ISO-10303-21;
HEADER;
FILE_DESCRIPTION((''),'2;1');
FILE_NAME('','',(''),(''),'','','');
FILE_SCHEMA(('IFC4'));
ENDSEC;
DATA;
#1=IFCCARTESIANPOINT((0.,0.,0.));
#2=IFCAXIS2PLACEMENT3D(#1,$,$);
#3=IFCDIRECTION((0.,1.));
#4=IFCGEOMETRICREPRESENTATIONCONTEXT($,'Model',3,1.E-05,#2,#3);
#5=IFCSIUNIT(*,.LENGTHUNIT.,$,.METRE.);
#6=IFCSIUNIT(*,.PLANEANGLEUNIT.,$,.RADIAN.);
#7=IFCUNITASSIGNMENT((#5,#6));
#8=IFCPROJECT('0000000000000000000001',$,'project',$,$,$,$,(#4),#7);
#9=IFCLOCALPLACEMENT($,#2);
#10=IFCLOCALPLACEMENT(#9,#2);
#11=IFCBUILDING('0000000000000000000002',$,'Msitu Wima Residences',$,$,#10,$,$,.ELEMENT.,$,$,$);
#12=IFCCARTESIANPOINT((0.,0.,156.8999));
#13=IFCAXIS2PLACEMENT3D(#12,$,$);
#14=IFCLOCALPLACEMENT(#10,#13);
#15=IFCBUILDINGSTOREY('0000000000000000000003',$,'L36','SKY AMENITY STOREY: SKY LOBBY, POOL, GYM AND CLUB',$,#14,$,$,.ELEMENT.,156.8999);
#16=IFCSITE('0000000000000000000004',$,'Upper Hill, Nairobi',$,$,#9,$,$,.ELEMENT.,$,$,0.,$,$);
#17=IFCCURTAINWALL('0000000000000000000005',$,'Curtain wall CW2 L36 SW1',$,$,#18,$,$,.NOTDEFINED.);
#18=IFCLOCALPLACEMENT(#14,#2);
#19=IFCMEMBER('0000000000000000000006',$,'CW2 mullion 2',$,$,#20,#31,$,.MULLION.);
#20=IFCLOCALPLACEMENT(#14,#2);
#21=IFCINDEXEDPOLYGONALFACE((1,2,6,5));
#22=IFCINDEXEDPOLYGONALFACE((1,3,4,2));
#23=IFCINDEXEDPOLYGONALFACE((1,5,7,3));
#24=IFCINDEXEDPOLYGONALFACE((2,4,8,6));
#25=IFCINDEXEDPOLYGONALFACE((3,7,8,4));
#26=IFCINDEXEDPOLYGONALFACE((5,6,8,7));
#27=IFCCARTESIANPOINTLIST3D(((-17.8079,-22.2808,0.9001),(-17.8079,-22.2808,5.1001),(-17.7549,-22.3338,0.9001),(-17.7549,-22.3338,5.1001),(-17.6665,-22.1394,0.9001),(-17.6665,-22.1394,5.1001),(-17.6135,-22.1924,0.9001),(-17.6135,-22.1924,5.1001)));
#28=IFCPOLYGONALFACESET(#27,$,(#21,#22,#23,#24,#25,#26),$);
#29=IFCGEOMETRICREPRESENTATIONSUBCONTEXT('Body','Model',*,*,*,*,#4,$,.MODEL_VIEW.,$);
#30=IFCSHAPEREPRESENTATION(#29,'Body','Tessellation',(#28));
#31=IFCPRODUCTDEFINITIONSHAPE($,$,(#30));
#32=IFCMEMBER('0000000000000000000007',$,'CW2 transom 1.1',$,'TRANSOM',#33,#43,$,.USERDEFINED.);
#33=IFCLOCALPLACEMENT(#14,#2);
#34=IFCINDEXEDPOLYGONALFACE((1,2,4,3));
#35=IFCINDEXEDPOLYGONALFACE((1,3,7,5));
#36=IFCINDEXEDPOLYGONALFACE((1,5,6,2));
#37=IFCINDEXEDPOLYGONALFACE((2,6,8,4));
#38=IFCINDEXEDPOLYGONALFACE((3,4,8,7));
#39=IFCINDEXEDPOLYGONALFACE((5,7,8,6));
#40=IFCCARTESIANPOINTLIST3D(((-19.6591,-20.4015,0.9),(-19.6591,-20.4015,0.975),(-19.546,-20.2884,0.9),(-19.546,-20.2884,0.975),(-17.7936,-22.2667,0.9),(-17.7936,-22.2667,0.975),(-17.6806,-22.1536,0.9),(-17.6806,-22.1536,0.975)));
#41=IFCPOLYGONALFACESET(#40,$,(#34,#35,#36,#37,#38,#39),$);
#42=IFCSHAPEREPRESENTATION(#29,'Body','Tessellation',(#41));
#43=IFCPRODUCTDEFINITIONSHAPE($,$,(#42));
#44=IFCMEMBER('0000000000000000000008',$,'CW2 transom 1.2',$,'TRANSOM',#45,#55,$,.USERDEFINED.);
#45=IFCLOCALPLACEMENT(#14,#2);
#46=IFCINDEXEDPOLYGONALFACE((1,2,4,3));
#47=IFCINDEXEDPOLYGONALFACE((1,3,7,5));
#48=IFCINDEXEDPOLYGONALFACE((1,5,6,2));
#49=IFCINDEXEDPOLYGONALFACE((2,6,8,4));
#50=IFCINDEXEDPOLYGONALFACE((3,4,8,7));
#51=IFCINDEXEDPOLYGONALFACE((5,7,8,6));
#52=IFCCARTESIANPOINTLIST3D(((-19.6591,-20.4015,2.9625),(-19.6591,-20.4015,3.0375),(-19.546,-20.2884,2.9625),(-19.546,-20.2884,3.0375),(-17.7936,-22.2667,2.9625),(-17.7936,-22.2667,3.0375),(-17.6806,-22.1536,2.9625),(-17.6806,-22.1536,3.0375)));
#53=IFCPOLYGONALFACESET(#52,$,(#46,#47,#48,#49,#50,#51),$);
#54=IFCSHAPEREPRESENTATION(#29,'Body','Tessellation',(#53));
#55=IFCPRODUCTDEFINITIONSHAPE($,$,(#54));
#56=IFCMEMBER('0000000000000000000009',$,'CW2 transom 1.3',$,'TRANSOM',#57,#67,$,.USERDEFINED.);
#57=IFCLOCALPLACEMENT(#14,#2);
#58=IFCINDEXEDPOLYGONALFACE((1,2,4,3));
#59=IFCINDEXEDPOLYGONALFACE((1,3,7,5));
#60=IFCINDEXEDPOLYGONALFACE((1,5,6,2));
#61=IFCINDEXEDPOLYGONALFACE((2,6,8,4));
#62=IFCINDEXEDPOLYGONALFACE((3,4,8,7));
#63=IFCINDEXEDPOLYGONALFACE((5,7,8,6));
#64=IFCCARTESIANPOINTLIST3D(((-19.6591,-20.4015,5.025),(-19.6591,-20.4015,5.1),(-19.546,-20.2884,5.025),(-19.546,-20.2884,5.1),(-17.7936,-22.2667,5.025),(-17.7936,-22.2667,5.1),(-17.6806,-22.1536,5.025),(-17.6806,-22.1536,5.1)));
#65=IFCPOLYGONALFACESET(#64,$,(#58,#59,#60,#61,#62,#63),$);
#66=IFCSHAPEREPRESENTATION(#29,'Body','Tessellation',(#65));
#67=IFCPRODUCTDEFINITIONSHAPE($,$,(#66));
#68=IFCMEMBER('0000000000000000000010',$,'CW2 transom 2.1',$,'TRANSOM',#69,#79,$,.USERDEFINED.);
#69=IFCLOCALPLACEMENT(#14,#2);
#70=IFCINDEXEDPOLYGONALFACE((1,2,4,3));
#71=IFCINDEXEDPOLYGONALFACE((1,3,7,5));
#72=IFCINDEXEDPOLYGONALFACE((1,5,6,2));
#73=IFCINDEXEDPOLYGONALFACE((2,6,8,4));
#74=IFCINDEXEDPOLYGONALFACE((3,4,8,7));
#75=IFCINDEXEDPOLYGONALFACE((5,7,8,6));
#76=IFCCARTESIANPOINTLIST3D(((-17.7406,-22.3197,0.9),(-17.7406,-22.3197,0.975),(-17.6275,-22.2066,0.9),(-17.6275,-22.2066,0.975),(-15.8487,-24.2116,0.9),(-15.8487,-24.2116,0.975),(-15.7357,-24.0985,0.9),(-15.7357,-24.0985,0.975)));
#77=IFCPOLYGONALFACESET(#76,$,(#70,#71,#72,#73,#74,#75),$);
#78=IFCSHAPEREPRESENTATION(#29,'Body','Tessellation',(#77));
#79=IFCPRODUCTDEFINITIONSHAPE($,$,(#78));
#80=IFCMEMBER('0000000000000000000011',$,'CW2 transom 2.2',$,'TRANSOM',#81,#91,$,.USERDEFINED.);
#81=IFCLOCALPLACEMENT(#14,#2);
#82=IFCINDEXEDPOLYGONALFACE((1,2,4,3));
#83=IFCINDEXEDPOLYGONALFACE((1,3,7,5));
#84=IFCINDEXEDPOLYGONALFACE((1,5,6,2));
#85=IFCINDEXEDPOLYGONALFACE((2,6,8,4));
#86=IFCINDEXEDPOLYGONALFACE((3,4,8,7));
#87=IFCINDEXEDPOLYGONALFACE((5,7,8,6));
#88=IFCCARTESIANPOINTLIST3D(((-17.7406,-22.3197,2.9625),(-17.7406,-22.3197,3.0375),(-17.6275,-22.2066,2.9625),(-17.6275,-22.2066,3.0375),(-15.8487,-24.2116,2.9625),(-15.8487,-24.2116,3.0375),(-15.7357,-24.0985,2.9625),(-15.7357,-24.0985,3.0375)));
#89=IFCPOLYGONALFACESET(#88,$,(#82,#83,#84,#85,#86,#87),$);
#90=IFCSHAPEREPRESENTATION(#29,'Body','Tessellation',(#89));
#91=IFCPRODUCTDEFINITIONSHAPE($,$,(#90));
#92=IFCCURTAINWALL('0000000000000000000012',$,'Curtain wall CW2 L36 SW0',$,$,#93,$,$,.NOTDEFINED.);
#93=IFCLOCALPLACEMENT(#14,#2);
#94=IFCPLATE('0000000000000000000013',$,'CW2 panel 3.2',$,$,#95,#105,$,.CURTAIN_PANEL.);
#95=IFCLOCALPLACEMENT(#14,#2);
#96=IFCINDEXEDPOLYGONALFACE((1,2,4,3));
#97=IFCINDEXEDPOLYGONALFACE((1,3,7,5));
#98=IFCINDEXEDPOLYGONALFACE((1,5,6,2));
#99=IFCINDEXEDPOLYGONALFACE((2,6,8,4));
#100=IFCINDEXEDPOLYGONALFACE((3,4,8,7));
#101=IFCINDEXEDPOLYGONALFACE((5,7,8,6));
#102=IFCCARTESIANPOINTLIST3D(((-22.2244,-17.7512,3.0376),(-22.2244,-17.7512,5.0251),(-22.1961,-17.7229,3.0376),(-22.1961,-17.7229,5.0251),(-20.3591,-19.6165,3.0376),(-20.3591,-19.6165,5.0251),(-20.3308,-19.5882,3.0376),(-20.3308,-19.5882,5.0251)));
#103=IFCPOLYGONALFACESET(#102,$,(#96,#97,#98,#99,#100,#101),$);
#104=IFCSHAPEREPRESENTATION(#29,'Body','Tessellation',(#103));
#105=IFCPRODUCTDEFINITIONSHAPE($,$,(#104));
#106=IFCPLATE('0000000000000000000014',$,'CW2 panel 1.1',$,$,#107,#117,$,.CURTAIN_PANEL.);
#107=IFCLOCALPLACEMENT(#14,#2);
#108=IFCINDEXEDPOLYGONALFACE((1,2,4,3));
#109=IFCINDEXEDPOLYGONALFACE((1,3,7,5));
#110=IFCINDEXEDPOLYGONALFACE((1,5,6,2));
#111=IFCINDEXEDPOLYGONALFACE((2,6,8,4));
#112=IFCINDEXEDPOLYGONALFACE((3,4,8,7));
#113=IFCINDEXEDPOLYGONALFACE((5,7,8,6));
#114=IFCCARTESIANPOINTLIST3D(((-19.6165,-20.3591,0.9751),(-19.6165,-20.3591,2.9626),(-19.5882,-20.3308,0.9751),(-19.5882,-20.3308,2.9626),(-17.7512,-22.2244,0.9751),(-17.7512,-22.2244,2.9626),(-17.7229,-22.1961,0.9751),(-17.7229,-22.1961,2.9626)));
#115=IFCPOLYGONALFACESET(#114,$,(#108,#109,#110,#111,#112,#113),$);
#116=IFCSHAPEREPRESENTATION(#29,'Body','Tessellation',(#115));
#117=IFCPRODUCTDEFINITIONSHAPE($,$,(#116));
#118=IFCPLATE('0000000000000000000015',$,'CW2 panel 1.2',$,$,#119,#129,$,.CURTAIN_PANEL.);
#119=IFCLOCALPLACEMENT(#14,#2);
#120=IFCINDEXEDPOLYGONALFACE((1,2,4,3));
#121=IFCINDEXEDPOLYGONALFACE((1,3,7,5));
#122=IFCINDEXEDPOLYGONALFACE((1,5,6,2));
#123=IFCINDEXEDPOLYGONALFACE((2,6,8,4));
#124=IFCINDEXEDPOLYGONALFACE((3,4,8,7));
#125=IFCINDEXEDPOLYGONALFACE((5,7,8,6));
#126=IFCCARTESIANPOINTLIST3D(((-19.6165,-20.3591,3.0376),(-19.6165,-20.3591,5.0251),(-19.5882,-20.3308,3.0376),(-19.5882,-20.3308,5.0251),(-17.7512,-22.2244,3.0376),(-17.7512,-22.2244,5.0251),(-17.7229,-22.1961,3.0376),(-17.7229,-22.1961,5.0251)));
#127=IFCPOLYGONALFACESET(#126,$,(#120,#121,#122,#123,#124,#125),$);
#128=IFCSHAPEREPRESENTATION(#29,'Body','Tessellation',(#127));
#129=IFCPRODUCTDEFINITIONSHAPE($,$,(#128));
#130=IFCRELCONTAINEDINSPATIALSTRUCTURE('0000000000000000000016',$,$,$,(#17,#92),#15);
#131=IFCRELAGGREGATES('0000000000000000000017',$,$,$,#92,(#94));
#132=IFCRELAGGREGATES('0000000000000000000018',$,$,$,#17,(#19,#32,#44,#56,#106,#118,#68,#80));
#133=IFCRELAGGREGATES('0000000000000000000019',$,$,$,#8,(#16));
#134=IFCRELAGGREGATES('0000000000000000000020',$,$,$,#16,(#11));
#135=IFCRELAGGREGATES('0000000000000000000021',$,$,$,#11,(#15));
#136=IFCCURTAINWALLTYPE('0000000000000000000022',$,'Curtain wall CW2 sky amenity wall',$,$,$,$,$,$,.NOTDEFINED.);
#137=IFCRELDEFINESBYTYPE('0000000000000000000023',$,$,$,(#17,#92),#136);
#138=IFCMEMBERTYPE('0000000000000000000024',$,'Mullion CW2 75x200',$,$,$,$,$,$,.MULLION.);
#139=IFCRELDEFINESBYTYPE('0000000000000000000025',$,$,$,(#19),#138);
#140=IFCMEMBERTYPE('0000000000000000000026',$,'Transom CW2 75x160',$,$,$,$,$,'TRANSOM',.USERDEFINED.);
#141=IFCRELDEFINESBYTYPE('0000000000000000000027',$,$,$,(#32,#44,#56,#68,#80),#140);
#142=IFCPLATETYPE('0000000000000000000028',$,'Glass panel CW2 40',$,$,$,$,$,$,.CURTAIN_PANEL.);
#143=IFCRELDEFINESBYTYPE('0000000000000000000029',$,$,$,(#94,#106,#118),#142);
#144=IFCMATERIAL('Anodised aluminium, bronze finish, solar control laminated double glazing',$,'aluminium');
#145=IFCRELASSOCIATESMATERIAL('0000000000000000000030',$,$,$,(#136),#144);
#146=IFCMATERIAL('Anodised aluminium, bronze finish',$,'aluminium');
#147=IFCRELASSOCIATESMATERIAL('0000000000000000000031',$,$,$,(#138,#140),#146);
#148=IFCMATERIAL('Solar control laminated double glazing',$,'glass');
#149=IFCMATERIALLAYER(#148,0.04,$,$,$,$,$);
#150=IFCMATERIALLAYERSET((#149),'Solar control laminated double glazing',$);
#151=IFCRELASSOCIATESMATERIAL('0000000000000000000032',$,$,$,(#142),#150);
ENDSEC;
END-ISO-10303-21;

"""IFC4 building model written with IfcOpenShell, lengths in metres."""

from ifc_helpers import new_model, si_unit, direction, frame, origin, origin_2d, place, context, subcontext, project, spatial, rectangle, extrude, material, layer, layer_set, material_profile, profile_set, type_object, element, aggregate, save


model = new_model("IFC4")

# Units and contexts
model_context = context("Model", 3, precision=1e-05, world=origin(), true_north=direction((0.0, 1.0)))
body_context = subcontext(model_context, "Body", "Model", "MODEL_VIEW")
ifc_project = project(units=[si_unit("LENGTHUNIT", "METRE"), si_unit("PLANEANGLEUNIT", "RADIAN")], contexts=[model_context])

# Site, building, storey
site_placement = place(None, origin())
site = spatial("IfcSite", under=ifc_project, at=site_placement, Name="Upper Hill, Nairobi", CompositionType="ELEMENT", RefElevation=0.0)
building_placement = place(site_placement, origin())
building = spatial("IfcBuilding", under=site, at=building_placement, Name="Msitu Wima Residences", CompositionType="ELEMENT")
storey_placement = place(building_placement, frame((0.0, 0.0, 156.8999)))
storey = spatial("IfcBuildingStorey", under=building, at=storey_placement, Name="L36", Description="SKY AMENITY STOREY: SKY LOBBY, POOL, GYM AND CLUB", CompositionType="ELEMENT", Elevation=156.8999)

# Curtain wall, members
ifc_material_1 = material(Name="Anodised aluminium, bronze finish, solar control laminated double glazing", Category="aluminium")
curtain_wall_type = type_object("IfcCurtainWallType", Name="Curtain wall CW2 sky amenity wall", PredefinedType="NOTDEFINED", material=ifc_material_1)
curtain_wall_1_placement = place(storey_placement, origin())
curtain_wall_1 = element("IfcCurtainWall", 1, at=curtain_wall_1_placement, inside=storey, type_object=curtain_wall_type, Name="Curtain wall CW2 L36 SW1", PredefinedType="NOTDEFINED")
ifc_material_2 = material(Name="Anodised aluminium, bronze finish", Category="aluminium")
ifc_material_profile_1 = material_profile(ifc_material_2, rectangle(XDim=0.2, YDim=0.075, at=origin_2d()), Name="Mullion 75x200")
ifc_profile_set_1 = profile_set([ifc_material_profile_1], Name="Anodised aluminium, bronze finish")
member_type_1 = type_object("IfcMemberType", Name="Mullion CW2 75x200", PredefinedType="MULLION", material=ifc_profile_set_1)
member_1_placement = place(storey_placement, frame((-17.7107, -22.2366, 0.9001), z_axis=(0.0, 0.0, 1.0), x_axis=(0.707107, 0.707107, 0.0)))
member_1 = element("IfcMember", 2, at=member_1_placement, type_object=member_type_1, Name="CW2 mullion 2", PredefinedType="MULLION", context=body_context, shape_type="SweptSolid", body=[
    extrude(rectangle(XDim=0.2, YDim=0.075, at=origin_2d()), origin(), (0.0, 0.0, 1.0), 4.2),
])
ifc_material_profile_2 = material_profile(ifc_material_2, rectangle(XDim=0.1599, YDim=0.075, at=origin_2d()), Name="Transom 75x160")
ifc_profile_set_2 = profile_set([ifc_material_profile_2], Name="Anodised aluminium, bronze finish")
member_type_2 = type_object("IfcMemberType", Name="Transom CW2 75x160", ElementType="TRANSOM", PredefinedType="USERDEFINED", material=ifc_profile_set_2)
member_2_placement = place(storey_placement, frame((-19.6025, -20.345, 0.9375), z_axis=(0.707153, -0.707061, 0.0), x_axis=(0.707061, 0.707153, 0.0)))
member_2 = element("IfcMember", 3, at=member_2_placement, type_object=member_type_2, Name="CW2 transom 1.1", ObjectType="TRANSOM", PredefinedType="USERDEFINED", context=body_context, shape_type="SweptSolid", body=[
    extrude(rectangle(XDim=0.1599, YDim=0.075, at=origin_2d()), origin(), (0.0, 0.0, 1.0), 2.6379),
])
member_3_placement = place(storey_placement, frame((-19.6025, -20.345, 3.0), z_axis=(0.707153, -0.707061, 0.0), x_axis=(0.707061, 0.707153, 0.0)))
member_3 = element("IfcMember", 4, at=member_3_placement, type_object=member_type_2, Name="CW2 transom 1.2", ObjectType="TRANSOM", PredefinedType="USERDEFINED", context=body_context, shape_type="SweptSolid", body=[
    extrude(rectangle(XDim=0.1599, YDim=0.075, at=origin_2d()), origin(), (0.0, 0.0, 1.0), 2.6379),
])
member_4_placement = place(storey_placement, frame((-19.6025, -20.345, 5.0625), z_axis=(0.707153, -0.707061, 0.0), x_axis=(0.707061, 0.707153, 0.0)))
member_4 = element("IfcMember", 5, at=member_4_placement, type_object=member_type_2, Name="CW2 transom 1.3", ObjectType="TRANSOM", PredefinedType="USERDEFINED", context=body_context, shape_type="SweptSolid", body=[
    extrude(rectangle(XDim=0.1599, YDim=0.075, at=origin_2d()), origin(), (0.0, 0.0, 1.0), 2.6379),
])
member_5_placement = place(storey_placement, frame((-17.6841, -22.2632, 0.9375), z_axis=(0.707107, -0.707107, 0.0), x_axis=(0.707107, 0.707107, 0.0)))
member_5 = element("IfcMember", 6, at=member_5_placement, type_object=member_type_2, Name="CW2 transom 2.1", ObjectType="TRANSOM", PredefinedType="USERDEFINED", context=body_context, shape_type="SweptSolid", body=[
    extrude(rectangle(XDim=0.1599, YDim=0.075, at=origin_2d()), origin(), (0.0, 0.0, 1.0), 2.6755),
])
member_6_placement = place(storey_placement, frame((-17.6841, -22.2632, 3.0), z_axis=(0.707107, -0.707107, 0.0), x_axis=(0.707107, 0.707107, 0.0)))
member_6 = element("IfcMember", 7, at=member_6_placement, type_object=member_type_2, Name="CW2 transom 2.2", ObjectType="TRANSOM", PredefinedType="USERDEFINED", context=body_context, shape_type="SweptSolid", body=[
    extrude(rectangle(XDim=0.1599, YDim=0.075, at=origin_2d()), origin(), (0.0, 0.0, 1.0), 2.6755),
])

# Curtain wall, plate
curtain_wall_2_placement = place(storey_placement, origin())
curtain_wall_2 = element("IfcCurtainWall", 8, at=curtain_wall_2_placement, inside=storey, type_object=curtain_wall_type, Name="Curtain wall CW2 L36 SW0", PredefinedType="NOTDEFINED")
ifc_material_3 = material(Name="Solar control laminated double glazing", Category="glass")
ifc_layer = layer(ifc_material_3, 0.04)
ifc_layer_set = layer_set([ifc_layer], Name="Solar control laminated double glazing")
plate_type = type_object("IfcPlateType", Name="Glass panel CW2 40", PredefinedType="CURTAIN_PANEL", material=ifc_layer_set)
plate_1_placement = place(storey_placement, frame((-21.2776, -18.6697, 3.0376), z_axis=(0.0, 0.0, 1.0), x_axis=(0.707107, -0.707107, 0.0)))
plate_1 = element("IfcPlate", 9, at=plate_1_placement, type_object=plate_type, Name="CW2 panel 3.2", PredefinedType="CURTAIN_PANEL", context=body_context, shape_type="SweptSolid", body=[
    extrude(rectangle(XDim=2.6379, YDim=0.04, at=origin_2d()), origin(), (0.0, 0.0, 1.0), 1.9875),
])
aggregate(curtain_wall_2, [plate_1])

# Plates
plate_2_placement = place(storey_placement, frame((-18.6697, -21.2776, 0.9751), z_axis=(0.0, 0.0, 1.0), x_axis=(0.707107, -0.707107, 0.0)))
plate_2 = element("IfcPlate", 10, at=plate_2_placement, type_object=plate_type, Name="CW2 panel 1.1", PredefinedType="CURTAIN_PANEL", context=body_context, shape_type="SweptSolid", body=[
    extrude(rectangle(XDim=2.6379, YDim=0.04, at=origin_2d()), origin(), (0.0, 0.0, 1.0), 1.9875),
])
plate_3_placement = place(storey_placement, frame((-18.6697, -21.2776, 3.0376), z_axis=(0.0, 0.0, 1.0), x_axis=(0.707107, -0.707107, 0.0)))
plate_3 = element("IfcPlate", 11, at=plate_3_placement, type_object=plate_type, Name="CW2 panel 1.2", PredefinedType="CURTAIN_PANEL", context=body_context, shape_type="SweptSolid", body=[
    extrude(rectangle(XDim=2.6379, YDim=0.04, at=origin_2d()), origin(), (0.0, 0.0, 1.0), 1.9875),
])
aggregate(curtain_wall_1, [member_1, member_2, member_3, member_4, plate_2, plate_3, member_5, member_6])

save(model, "model.ifc")
